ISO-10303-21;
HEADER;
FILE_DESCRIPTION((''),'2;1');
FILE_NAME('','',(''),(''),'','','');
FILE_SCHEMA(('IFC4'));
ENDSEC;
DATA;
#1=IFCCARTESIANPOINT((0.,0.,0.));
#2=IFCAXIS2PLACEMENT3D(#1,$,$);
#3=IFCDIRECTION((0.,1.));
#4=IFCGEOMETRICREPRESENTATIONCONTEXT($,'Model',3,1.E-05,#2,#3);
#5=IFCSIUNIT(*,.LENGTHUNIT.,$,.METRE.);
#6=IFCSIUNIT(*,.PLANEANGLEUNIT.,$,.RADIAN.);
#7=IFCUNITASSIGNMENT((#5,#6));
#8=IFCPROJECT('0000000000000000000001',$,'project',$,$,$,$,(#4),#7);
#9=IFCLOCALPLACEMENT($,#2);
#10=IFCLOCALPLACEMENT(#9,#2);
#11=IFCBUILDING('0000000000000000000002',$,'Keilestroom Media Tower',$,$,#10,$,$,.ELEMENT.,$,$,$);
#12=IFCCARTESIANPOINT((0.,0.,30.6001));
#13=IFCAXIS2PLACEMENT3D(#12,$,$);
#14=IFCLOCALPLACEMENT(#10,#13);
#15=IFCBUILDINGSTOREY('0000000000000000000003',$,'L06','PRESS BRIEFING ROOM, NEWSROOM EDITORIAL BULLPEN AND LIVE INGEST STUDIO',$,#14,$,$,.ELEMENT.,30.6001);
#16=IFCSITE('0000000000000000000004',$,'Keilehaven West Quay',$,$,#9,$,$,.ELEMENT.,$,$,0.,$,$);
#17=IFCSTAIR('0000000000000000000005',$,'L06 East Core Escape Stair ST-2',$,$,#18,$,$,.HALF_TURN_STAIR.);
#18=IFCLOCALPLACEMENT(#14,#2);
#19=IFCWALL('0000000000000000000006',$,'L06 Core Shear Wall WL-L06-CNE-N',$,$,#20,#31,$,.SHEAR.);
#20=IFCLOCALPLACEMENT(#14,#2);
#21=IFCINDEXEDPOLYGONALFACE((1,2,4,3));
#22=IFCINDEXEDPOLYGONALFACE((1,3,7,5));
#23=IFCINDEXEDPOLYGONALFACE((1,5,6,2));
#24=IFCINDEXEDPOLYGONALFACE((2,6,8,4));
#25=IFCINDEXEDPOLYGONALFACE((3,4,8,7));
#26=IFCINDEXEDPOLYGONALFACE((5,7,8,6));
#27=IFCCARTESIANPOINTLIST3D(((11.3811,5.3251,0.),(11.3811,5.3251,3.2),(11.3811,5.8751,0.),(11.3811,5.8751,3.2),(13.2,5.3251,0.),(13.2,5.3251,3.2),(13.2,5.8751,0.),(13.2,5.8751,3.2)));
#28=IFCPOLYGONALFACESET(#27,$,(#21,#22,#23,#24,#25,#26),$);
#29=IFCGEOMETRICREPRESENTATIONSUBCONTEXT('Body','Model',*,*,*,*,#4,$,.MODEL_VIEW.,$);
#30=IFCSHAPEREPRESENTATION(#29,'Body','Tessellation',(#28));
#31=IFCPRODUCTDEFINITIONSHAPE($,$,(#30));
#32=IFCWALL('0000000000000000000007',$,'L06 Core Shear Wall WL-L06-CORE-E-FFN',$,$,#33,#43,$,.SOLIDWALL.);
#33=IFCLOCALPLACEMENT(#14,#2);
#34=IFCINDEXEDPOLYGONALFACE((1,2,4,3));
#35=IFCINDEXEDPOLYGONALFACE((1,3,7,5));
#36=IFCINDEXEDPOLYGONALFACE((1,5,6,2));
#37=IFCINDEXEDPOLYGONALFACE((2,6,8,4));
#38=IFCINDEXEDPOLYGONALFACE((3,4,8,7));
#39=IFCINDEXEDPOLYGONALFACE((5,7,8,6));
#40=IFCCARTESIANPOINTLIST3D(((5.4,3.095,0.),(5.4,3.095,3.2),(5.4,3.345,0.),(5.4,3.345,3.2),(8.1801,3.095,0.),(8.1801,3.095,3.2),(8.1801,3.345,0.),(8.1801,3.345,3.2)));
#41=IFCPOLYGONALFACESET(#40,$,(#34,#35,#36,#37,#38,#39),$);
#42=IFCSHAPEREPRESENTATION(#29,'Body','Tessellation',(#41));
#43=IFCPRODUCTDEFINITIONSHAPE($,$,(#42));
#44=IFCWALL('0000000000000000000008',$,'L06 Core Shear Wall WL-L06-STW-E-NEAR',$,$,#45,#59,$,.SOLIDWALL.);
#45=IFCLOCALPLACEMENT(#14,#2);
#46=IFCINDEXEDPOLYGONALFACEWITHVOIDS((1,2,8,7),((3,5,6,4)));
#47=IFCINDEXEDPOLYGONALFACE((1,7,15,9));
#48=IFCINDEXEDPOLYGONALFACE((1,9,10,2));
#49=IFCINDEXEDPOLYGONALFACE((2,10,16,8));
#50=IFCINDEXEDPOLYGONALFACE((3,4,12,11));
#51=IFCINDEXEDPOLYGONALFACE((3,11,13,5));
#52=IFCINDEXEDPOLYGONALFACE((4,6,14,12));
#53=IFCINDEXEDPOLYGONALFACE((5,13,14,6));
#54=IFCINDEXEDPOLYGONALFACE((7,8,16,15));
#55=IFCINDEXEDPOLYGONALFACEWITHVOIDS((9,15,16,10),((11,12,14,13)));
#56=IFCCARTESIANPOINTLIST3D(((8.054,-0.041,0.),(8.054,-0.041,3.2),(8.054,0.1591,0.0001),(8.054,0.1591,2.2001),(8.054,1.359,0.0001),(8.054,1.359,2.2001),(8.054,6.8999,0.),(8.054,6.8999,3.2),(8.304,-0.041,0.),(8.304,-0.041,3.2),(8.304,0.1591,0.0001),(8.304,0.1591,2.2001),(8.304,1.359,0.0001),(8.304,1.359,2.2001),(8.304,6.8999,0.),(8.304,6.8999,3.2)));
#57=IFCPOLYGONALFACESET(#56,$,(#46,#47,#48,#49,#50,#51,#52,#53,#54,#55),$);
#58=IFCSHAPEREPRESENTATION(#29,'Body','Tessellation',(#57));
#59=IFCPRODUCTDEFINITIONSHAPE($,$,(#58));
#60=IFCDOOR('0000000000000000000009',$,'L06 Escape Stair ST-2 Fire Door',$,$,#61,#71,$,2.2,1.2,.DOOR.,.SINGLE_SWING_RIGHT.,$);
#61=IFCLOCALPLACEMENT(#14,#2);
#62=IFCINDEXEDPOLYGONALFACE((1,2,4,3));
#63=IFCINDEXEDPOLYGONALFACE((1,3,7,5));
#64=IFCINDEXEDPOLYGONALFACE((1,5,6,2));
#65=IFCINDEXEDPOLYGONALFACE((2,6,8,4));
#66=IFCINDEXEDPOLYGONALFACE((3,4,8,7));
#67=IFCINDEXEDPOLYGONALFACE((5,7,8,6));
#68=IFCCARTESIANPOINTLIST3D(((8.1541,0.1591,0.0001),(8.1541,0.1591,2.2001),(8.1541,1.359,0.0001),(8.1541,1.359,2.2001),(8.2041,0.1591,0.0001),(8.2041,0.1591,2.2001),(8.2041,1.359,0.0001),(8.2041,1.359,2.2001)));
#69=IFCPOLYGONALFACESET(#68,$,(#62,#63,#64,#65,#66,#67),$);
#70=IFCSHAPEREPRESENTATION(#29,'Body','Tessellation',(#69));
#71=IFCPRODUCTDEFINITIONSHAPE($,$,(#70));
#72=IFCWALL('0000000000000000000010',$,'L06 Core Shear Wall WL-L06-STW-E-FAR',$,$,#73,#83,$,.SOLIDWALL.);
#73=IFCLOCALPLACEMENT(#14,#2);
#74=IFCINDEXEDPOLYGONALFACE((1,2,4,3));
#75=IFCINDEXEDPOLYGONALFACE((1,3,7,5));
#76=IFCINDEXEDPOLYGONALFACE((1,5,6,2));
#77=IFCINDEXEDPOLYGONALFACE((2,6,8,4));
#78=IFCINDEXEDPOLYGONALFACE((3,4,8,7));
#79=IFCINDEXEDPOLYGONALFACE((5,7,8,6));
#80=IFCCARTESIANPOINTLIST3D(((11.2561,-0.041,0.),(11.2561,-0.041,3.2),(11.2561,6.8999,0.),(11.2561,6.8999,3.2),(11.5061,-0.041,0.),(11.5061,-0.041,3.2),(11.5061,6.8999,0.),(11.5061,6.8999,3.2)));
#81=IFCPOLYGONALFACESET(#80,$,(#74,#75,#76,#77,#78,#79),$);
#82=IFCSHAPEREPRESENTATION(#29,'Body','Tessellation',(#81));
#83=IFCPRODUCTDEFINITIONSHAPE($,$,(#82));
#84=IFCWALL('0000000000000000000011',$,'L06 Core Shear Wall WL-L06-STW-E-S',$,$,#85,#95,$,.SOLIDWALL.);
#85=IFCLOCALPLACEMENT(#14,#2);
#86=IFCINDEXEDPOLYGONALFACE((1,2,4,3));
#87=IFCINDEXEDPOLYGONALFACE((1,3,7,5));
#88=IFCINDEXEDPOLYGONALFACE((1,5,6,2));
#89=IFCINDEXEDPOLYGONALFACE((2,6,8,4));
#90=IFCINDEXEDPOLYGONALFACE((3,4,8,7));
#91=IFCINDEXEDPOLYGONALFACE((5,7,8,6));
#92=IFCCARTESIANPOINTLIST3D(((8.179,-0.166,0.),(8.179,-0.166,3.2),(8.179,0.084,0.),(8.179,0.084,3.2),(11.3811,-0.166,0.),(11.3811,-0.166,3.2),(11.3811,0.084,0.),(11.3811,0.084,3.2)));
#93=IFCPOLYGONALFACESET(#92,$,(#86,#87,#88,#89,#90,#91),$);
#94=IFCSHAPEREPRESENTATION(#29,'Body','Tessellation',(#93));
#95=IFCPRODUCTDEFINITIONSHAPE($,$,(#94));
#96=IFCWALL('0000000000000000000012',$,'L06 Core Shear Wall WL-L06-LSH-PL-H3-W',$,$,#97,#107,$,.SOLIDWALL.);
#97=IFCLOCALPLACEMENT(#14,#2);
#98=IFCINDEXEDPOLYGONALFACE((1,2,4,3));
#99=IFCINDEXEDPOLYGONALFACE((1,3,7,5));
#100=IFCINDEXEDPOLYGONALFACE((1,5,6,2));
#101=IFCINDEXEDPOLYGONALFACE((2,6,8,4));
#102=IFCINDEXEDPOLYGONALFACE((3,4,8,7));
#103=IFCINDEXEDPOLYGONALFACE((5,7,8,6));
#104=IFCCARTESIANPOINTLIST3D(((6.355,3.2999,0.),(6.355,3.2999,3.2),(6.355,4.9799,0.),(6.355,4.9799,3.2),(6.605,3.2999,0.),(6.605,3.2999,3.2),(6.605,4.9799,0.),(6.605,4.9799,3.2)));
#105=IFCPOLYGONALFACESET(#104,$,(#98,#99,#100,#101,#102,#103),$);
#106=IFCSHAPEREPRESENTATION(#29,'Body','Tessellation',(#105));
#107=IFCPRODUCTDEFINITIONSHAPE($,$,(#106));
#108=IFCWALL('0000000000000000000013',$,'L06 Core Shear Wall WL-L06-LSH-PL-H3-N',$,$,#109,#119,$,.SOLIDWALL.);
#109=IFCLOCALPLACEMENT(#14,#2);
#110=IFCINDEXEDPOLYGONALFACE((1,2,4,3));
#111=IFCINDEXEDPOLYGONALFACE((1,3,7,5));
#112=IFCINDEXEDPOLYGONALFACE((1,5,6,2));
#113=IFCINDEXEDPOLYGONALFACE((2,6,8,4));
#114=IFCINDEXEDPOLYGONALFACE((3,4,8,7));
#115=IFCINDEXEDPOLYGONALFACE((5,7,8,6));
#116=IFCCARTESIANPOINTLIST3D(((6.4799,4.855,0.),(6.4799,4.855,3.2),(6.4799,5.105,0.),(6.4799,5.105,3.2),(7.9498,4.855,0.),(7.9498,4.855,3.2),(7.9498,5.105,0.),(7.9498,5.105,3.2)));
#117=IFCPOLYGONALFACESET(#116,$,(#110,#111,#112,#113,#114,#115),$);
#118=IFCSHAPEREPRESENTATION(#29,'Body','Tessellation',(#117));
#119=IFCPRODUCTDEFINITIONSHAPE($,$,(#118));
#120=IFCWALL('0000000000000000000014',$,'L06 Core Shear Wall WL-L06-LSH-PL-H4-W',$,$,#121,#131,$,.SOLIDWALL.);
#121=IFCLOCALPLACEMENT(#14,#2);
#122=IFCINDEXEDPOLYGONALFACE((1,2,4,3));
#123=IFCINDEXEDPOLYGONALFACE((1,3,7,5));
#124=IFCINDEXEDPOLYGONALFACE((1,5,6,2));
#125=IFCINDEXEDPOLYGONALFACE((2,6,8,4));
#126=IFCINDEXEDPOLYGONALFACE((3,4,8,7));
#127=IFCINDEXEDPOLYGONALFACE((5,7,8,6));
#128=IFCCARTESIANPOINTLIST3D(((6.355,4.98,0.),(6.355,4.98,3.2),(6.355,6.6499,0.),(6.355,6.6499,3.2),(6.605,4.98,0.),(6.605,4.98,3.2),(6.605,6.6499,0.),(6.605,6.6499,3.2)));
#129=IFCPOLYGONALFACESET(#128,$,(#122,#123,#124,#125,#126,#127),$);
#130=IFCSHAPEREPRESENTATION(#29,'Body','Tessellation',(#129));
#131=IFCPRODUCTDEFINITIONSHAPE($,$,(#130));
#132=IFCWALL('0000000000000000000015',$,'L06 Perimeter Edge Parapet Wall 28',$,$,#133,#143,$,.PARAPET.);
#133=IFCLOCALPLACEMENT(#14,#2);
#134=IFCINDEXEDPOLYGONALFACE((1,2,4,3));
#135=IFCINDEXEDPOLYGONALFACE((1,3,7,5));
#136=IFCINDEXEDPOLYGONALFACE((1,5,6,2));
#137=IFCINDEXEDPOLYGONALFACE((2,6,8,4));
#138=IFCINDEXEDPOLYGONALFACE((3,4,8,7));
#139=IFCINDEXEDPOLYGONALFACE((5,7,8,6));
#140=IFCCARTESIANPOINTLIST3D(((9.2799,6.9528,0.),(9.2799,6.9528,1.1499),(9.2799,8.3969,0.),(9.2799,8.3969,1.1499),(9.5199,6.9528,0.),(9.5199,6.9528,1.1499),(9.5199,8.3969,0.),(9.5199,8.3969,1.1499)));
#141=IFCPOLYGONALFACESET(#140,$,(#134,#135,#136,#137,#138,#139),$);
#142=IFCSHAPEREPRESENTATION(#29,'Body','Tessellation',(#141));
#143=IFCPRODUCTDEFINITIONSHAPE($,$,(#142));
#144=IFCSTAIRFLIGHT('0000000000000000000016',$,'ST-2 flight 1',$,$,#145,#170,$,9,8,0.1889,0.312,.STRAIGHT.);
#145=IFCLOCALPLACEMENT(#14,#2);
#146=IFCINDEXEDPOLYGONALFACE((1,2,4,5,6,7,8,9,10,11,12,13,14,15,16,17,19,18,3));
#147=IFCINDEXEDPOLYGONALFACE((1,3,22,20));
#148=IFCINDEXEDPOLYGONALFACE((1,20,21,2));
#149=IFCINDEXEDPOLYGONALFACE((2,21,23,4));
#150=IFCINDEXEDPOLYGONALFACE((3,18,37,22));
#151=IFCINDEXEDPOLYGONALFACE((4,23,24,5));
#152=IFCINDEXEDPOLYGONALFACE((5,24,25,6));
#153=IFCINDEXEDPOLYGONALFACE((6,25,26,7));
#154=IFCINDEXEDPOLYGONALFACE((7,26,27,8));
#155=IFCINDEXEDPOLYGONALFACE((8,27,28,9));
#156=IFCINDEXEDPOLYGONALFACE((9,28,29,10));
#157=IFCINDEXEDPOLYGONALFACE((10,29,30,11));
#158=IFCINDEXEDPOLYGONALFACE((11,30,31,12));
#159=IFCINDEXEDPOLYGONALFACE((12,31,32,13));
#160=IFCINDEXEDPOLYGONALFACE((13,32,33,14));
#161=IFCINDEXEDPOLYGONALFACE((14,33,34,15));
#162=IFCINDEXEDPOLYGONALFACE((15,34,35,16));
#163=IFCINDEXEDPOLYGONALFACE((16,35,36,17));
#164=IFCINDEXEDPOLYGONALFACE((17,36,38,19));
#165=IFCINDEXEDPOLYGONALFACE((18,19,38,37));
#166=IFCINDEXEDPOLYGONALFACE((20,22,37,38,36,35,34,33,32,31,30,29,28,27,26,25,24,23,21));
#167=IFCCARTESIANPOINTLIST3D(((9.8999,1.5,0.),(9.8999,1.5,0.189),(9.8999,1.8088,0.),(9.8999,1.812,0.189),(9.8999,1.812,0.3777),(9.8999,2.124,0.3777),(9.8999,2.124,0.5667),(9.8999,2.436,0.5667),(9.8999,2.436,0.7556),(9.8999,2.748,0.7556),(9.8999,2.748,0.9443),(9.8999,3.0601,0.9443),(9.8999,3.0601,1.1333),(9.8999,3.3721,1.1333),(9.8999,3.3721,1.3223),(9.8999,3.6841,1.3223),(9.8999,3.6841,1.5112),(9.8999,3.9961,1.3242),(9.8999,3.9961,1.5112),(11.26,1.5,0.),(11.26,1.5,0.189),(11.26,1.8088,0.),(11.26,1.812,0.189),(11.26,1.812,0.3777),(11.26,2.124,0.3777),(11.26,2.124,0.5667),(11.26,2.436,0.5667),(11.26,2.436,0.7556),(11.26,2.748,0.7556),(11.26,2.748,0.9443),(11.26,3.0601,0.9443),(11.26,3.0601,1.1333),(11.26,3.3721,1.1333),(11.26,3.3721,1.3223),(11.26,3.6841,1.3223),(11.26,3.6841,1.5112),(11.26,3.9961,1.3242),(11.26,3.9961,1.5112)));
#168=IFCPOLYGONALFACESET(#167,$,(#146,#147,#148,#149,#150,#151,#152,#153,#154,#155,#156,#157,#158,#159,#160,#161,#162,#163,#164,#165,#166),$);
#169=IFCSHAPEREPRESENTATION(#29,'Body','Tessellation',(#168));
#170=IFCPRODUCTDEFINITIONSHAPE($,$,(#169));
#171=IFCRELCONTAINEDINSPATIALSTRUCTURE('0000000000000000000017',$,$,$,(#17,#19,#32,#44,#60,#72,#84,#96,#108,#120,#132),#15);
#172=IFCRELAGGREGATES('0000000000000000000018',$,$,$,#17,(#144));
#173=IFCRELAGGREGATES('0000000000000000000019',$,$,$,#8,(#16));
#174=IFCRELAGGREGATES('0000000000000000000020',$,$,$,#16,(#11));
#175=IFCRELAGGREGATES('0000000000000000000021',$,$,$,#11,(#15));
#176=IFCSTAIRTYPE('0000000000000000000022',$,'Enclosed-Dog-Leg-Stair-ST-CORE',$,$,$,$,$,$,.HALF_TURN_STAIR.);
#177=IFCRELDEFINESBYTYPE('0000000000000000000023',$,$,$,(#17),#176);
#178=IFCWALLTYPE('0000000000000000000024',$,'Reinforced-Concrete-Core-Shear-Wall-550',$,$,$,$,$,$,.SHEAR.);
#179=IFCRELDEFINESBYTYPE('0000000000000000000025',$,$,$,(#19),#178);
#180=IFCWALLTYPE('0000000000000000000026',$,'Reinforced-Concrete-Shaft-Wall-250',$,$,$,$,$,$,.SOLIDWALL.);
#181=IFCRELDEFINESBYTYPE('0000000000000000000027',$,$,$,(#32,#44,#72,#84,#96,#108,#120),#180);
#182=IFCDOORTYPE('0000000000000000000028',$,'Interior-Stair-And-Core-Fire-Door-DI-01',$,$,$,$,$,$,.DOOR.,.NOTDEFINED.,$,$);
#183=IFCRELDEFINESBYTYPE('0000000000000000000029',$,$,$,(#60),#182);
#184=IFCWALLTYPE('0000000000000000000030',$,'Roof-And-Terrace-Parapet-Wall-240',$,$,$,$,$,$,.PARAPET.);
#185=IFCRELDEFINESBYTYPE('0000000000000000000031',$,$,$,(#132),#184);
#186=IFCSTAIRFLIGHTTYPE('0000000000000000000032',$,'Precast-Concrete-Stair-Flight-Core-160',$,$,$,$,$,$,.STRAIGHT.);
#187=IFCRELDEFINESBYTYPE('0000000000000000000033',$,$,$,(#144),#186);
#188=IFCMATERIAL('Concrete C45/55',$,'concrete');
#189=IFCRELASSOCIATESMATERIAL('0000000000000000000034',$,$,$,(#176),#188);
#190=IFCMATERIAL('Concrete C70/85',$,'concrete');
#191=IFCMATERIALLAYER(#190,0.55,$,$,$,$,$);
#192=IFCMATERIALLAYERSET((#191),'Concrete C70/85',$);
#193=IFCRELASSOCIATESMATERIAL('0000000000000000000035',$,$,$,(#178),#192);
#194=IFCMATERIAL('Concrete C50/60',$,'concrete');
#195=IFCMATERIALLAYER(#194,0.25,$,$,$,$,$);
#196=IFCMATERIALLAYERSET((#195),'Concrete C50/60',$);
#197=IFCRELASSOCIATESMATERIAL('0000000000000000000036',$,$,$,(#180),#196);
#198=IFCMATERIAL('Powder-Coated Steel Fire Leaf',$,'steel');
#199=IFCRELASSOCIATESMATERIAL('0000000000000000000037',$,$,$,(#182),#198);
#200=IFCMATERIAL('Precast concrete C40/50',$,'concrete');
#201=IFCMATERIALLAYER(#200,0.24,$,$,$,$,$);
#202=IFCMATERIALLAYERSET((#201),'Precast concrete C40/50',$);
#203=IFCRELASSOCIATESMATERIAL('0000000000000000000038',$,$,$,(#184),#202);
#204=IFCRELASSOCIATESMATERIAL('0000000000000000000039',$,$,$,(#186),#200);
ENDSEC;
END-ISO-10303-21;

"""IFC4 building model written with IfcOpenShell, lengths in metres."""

from ifc_helpers import new_model, si_unit, direction, frame, frame_2d, origin, place, context, subcontext, project, spatial, polyline, rectangle, outline, extrude, source, transform, mapped, material, layer, layer_set, type_object, element, fill, aggregate, save


model = new_model("IFC4")

# Units and contexts
model_context = context("Model", 3, precision=1e-05, world=origin(), true_north=direction((0.0, 1.0)))
body_context = subcontext(model_context, "Body", "Model", "MODEL_VIEW")
ifc_project = project(units=[si_unit("LENGTHUNIT", "METRE"), si_unit("PLANEANGLEUNIT", "RADIAN")], contexts=[model_context])

# Site, building, storey
site_placement = place(None, origin())
site = spatial("IfcSite", under=ifc_project, at=site_placement, Name="Keilehaven West Quay", CompositionType="ELEMENT", RefElevation=0.0)
building_placement = place(site_placement, origin())
building = spatial("IfcBuilding", under=site, at=building_placement, Name="Keilestroom Media Tower", CompositionType="ELEMENT")
storey_placement = place(building_placement, frame((0.0, 0.0, 30.6001)))
storey = spatial("IfcBuildingStorey", under=building, at=storey_placement, Name="L06", Description="PRESS BRIEFING ROOM, NEWSROOM EDITORIAL BULLPEN AND LIVE INGEST STUDIO", CompositionType="ELEMENT", Elevation=30.6001)

# Shared definitions
ifc_material_1 = material(Name="Concrete C70/85", Category="concrete")

# Stair
ifc_material_2 = material(Name="Concrete C45/55", Category="concrete")
stair_type = type_object("IfcStairType", Name="Enclosed-Dog-Leg-Stair-ST-CORE", PredefinedType="HALF_TURN_STAIR", material=ifc_material_2)
stair_1_placement = place(storey_placement, origin())
stair_1 = element("IfcStair", 1, at=stair_1_placement, inside=storey, type_object=stair_type, Name="L06 East Core Escape Stair ST-2", PredefinedType="HALF_TURN_STAIR")

# Walls
ifc_layer_1 = layer(ifc_material_1, 0.55)
ifc_layer_set_1 = layer_set([ifc_layer_1], Name="Concrete C70/85")
wall_type_1 = type_object("IfcWallType", Name="Reinforced-Concrete-Core-Shear-Wall-550", PredefinedType="SHEAR", material=ifc_layer_set_1)
wall_1_placement = place(storey_placement, frame((11.3811, 5.6001, 0.0), z_axis=(0.0, 0.0, 1.0), x_axis=(1.0, 0.0, 0.0)))
element("IfcWall", 2, at=wall_1_placement, inside=storey, type_object=wall_type_1, Name="L06 Core Shear Wall WL-L06-CNE-N", PredefinedType="SHEAR", context=body_context, shape_type="SweptSolid", body=[
    extrude(rectangle(XDim=1.8188, YDim=0.55, at=frame_2d((0.9094, 0.0))), origin(), (0.0, 0.0, 1.0), 3.2),
])
ifc_material_3 = material(Name="Concrete C50/60", Category="concrete")
ifc_layer_2 = layer(ifc_material_3, 0.25)
ifc_layer_set_2 = layer_set([ifc_layer_2], Name="Concrete C50/60")
wall_type_2 = type_object("IfcWallType", Name="Reinforced-Concrete-Shaft-Wall-250", PredefinedType="SOLIDWALL", material=ifc_layer_set_2)
wall_2_placement = place(storey_placement, frame((5.3999, 3.22, 0.0), z_axis=(0.0, 0.0, 1.0), x_axis=(1.0, 0.0, 0.0)))
element("IfcWall", 3, at=wall_2_placement, inside=storey, type_object=wall_type_2, Name="L06 Core Shear Wall WL-L06-CORE-E-FFN", PredefinedType="SOLIDWALL", context=body_context, shape_type="SweptSolid", body=[
    extrude(rectangle(XDim=2.78, YDim=0.25, at=frame_2d((1.3901, 0.0))), origin(), (0.0, 0.0, 1.0), 3.2),
])

# Wall, opening, door
wall_3_placement = place(storey_placement, frame((8.179, -0.041, 0.0), z_axis=(0.0, 0.0, 1.0), x_axis=(0.0, 1.0, 0.0)))
wall_3 = element("IfcWall", 4, at=wall_3_placement, inside=storey, type_object=wall_type_2, Name="L06 Core Shear Wall WL-L06-STW-E-NEAR", PredefinedType="SOLIDWALL", context=body_context, shape_type="SweptSolid", body=[
    extrude(rectangle(XDim=6.9409, YDim=0.25, at=frame_2d((3.4705, 0.0))), origin(), (0.0, 0.0, 1.0), 3.2),
])
opening_placement = place(wall_3_placement, frame((0.2, 0.0, 0.0)))
opening = element("IfcOpeningElement", 5, at=opening_placement, cuts=wall_3, PredefinedType="OPENING", context=body_context, shape_type="SweptSolid", body=[
    extrude(rectangle(XDim=1.2, YDim=2.2, at=frame_2d((0.6001, 1.1001))), frame((0.0, 0.135, 0.0), z_axis=(0.0, -1.0, 0.0), x_axis=(1.0, 0.0, 0.0)), (0.0, 0.0, 1.0), 0.27),
])
ifc_material_4 = material(Name="Powder-Coated Steel Fire Leaf", Category="steel")
door_type = type_object("IfcDoorType", Name="Interior-Stair-And-Core-Fire-Door-DI-01", OperationType="NOTDEFINED", PredefinedType="DOOR", material=ifc_material_4)
shared_shape_1 = source(origin(), body_context, "Body", "SweptSolid", [
    extrude(rectangle(XDim=1.2, YDim=2.2, at=frame_2d((0.6001, 1.1001))), frame((0.0, 0.0249, 0.0), z_axis=(0.0, -1.0, 0.0), x_axis=(1.0, 0.0, 0.0)), (0.0, 0.0, 1.0), 0.05),
])
door_placement = place(opening_placement, origin())
door = element("IfcDoor", 6, at=door_placement, inside=storey, type_object=door_type, Name="L06 Escape Stair ST-2 Fire Door", OperationType="SINGLE_SWING_RIGHT", OverallHeight=2.2, OverallWidth=1.2, PredefinedType="DOOR", context=body_context, shape_type="MappedRepresentation", body=[
    mapped(shared_shape_1, transform((0.0, 0.0, 0.0), x_axis=(1.0, 0.0, 0.0), y_axis=(0.0, 1.0, 0.0), z_axis=(0.0, 0.0, 1.0), scale=1.0)),
])
fill(opening, door)

# Walls
wall_4_placement = place(storey_placement, frame((11.3811, -0.041, 0.0), z_axis=(0.0, 0.0, 1.0), x_axis=(0.0, 1.0, 0.0)))
element("IfcWall", 7, at=wall_4_placement, inside=storey, type_object=wall_type_2, Name="L06 Core Shear Wall WL-L06-STW-E-FAR", PredefinedType="SOLIDWALL", context=body_context, shape_type="SweptSolid", body=[
    extrude(rectangle(XDim=6.9409, YDim=0.25, at=frame_2d((3.4705, 0.0))), origin(), (0.0, 0.0, 1.0), 3.2),
])
wall_5_placement = place(storey_placement, frame((8.179, -0.041, 0.0), z_axis=(0.0, 0.0, 1.0), x_axis=(1.0, 0.0, 0.0)))
element("IfcWall", 8, at=wall_5_placement, inside=storey, type_object=wall_type_2, Name="L06 Core Shear Wall WL-L06-STW-E-S", PredefinedType="SOLIDWALL", context=body_context, shape_type="SweptSolid", body=[
    extrude(rectangle(XDim=3.2021, YDim=0.25, at=frame_2d((1.6011, 0.0))), origin(), (0.0, 0.0, 1.0), 3.2),
])
wall_6_placement = place(storey_placement, frame((6.48, 3.3, 0.0), z_axis=(0.0, 0.0, 1.0), x_axis=(0.0, 1.0, 0.0)))
element("IfcWall", 9, at=wall_6_placement, inside=storey, type_object=wall_type_2, Name="L06 Core Shear Wall WL-L06-LSH-PL-H3-W", PredefinedType="SOLIDWALL", context=body_context, shape_type="SweptSolid", body=[
    extrude(rectangle(XDim=1.6799, YDim=0.25, at=frame_2d((0.8398, 0.0))), origin(), (0.0, 0.0, 1.0), 3.2),
])
wall_7_placement = place(storey_placement, frame((6.48, 4.98, 0.0), z_axis=(0.0, 0.0, 1.0), x_axis=(1.0, 0.0, 0.0)))
element("IfcWall", 10, at=wall_7_placement, inside=storey, type_object=wall_type_2, Name="L06 Core Shear Wall WL-L06-LSH-PL-H3-N", PredefinedType="SOLIDWALL", context=body_context, shape_type="SweptSolid", body=[
    extrude(rectangle(XDim=1.47, YDim=0.25, at=frame_2d((0.7349, 0.0))), origin(), (0.0, 0.0, 1.0), 3.2),
])
wall_8_placement = place(storey_placement, frame((6.48, 4.98, 0.0), z_axis=(0.0, 0.0, 1.0), x_axis=(0.0, 1.0, 0.0)))
element("IfcWall", 11, at=wall_8_placement, inside=storey, type_object=wall_type_2, Name="L06 Core Shear Wall WL-L06-LSH-PL-H4-W", PredefinedType="SOLIDWALL", context=body_context, shape_type="SweptSolid", body=[
    extrude(rectangle(XDim=1.6699, YDim=0.25, at=frame_2d((0.835, 0.0))), origin(), (0.0, 0.0, 1.0), 3.2),
])
ifc_material_5 = material(Name="Precast concrete C40/50", Category="concrete")
ifc_layer_3 = layer(ifc_material_5, 0.24)
ifc_layer_set_3 = layer_set([ifc_layer_3], Name="Precast concrete C40/50")
wall_type_3 = type_object("IfcWallType", Name="Roof-And-Terrace-Parapet-Wall-240", PredefinedType="PARAPET", material=ifc_layer_set_3)
wall_9_placement = place(storey_placement, frame((9.3999, 8.397, 0.0), z_axis=(0.0, 0.0, 1.0), x_axis=(0.0, -1.0, 0.0)))
element("IfcWall", 12, at=wall_9_placement, inside=storey, type_object=wall_type_3, Name="L06 Perimeter Edge Parapet Wall 28", PredefinedType="PARAPET", context=body_context, shape_type="SweptSolid", body=[
    extrude(rectangle(XDim=1.4441, YDim=0.24, at=frame_2d((0.7222, 0.0))), origin(), (0.0, 0.0, 1.0), 1.1499),
])

# Stair flight
stair_flight_type = type_object("IfcStairFlightType", Name="Precast-Concrete-Stair-Flight-Core-160", PredefinedType="STRAIGHT", material=ifc_material_5)
stair_flight_1_placement = place(storey_placement, frame((10.5801, 1.5, 0.0), z_axis=(0.0, 0.0, 1.0), x_axis=(0.0, 1.0, 0.0)))
stair_flight_1 = element("IfcStairFlight", 13, at=stair_flight_1_placement, type_object=stair_flight_type, Name="ST-2 flight 1", NumberOfRisers=9, NumberOfTreads=8, PredefinedType="STRAIGHT", RiserHeight=0.1889, TreadLength=0.312, context=body_context, shape_type="SweptSolid", body=[
    extrude(outline(polyline([(0.0, 0.0), (0.0, 0.189), (0.312, 0.189), (0.312, 0.3777), (0.624, 0.3777), (0.624, 0.5667), (0.936, 0.5667), (0.936, 0.7556), (1.248, 0.7556), (1.248, 0.9443), (1.5601, 0.9443), (1.5601, 1.1333), (1.8721, 1.1333), (1.8721, 1.3223), (2.1841, 1.3223), (2.1841, 1.5112), (2.4961, 1.5112), (2.4961, 1.7), (2.4961, 1.3242), (0.3088, 0.0), (0.0, 0.0)])), frame((0.0, 0.6802, 0.0), z_axis=(0.0, -1.0, 0.0), x_axis=(1.0, 0.0, 0.0)), (0.0, 0.0, 1.0), 1.3601),
])
aggregate(stair_1, [stair_flight_1])

save(model, "model.ifc")
